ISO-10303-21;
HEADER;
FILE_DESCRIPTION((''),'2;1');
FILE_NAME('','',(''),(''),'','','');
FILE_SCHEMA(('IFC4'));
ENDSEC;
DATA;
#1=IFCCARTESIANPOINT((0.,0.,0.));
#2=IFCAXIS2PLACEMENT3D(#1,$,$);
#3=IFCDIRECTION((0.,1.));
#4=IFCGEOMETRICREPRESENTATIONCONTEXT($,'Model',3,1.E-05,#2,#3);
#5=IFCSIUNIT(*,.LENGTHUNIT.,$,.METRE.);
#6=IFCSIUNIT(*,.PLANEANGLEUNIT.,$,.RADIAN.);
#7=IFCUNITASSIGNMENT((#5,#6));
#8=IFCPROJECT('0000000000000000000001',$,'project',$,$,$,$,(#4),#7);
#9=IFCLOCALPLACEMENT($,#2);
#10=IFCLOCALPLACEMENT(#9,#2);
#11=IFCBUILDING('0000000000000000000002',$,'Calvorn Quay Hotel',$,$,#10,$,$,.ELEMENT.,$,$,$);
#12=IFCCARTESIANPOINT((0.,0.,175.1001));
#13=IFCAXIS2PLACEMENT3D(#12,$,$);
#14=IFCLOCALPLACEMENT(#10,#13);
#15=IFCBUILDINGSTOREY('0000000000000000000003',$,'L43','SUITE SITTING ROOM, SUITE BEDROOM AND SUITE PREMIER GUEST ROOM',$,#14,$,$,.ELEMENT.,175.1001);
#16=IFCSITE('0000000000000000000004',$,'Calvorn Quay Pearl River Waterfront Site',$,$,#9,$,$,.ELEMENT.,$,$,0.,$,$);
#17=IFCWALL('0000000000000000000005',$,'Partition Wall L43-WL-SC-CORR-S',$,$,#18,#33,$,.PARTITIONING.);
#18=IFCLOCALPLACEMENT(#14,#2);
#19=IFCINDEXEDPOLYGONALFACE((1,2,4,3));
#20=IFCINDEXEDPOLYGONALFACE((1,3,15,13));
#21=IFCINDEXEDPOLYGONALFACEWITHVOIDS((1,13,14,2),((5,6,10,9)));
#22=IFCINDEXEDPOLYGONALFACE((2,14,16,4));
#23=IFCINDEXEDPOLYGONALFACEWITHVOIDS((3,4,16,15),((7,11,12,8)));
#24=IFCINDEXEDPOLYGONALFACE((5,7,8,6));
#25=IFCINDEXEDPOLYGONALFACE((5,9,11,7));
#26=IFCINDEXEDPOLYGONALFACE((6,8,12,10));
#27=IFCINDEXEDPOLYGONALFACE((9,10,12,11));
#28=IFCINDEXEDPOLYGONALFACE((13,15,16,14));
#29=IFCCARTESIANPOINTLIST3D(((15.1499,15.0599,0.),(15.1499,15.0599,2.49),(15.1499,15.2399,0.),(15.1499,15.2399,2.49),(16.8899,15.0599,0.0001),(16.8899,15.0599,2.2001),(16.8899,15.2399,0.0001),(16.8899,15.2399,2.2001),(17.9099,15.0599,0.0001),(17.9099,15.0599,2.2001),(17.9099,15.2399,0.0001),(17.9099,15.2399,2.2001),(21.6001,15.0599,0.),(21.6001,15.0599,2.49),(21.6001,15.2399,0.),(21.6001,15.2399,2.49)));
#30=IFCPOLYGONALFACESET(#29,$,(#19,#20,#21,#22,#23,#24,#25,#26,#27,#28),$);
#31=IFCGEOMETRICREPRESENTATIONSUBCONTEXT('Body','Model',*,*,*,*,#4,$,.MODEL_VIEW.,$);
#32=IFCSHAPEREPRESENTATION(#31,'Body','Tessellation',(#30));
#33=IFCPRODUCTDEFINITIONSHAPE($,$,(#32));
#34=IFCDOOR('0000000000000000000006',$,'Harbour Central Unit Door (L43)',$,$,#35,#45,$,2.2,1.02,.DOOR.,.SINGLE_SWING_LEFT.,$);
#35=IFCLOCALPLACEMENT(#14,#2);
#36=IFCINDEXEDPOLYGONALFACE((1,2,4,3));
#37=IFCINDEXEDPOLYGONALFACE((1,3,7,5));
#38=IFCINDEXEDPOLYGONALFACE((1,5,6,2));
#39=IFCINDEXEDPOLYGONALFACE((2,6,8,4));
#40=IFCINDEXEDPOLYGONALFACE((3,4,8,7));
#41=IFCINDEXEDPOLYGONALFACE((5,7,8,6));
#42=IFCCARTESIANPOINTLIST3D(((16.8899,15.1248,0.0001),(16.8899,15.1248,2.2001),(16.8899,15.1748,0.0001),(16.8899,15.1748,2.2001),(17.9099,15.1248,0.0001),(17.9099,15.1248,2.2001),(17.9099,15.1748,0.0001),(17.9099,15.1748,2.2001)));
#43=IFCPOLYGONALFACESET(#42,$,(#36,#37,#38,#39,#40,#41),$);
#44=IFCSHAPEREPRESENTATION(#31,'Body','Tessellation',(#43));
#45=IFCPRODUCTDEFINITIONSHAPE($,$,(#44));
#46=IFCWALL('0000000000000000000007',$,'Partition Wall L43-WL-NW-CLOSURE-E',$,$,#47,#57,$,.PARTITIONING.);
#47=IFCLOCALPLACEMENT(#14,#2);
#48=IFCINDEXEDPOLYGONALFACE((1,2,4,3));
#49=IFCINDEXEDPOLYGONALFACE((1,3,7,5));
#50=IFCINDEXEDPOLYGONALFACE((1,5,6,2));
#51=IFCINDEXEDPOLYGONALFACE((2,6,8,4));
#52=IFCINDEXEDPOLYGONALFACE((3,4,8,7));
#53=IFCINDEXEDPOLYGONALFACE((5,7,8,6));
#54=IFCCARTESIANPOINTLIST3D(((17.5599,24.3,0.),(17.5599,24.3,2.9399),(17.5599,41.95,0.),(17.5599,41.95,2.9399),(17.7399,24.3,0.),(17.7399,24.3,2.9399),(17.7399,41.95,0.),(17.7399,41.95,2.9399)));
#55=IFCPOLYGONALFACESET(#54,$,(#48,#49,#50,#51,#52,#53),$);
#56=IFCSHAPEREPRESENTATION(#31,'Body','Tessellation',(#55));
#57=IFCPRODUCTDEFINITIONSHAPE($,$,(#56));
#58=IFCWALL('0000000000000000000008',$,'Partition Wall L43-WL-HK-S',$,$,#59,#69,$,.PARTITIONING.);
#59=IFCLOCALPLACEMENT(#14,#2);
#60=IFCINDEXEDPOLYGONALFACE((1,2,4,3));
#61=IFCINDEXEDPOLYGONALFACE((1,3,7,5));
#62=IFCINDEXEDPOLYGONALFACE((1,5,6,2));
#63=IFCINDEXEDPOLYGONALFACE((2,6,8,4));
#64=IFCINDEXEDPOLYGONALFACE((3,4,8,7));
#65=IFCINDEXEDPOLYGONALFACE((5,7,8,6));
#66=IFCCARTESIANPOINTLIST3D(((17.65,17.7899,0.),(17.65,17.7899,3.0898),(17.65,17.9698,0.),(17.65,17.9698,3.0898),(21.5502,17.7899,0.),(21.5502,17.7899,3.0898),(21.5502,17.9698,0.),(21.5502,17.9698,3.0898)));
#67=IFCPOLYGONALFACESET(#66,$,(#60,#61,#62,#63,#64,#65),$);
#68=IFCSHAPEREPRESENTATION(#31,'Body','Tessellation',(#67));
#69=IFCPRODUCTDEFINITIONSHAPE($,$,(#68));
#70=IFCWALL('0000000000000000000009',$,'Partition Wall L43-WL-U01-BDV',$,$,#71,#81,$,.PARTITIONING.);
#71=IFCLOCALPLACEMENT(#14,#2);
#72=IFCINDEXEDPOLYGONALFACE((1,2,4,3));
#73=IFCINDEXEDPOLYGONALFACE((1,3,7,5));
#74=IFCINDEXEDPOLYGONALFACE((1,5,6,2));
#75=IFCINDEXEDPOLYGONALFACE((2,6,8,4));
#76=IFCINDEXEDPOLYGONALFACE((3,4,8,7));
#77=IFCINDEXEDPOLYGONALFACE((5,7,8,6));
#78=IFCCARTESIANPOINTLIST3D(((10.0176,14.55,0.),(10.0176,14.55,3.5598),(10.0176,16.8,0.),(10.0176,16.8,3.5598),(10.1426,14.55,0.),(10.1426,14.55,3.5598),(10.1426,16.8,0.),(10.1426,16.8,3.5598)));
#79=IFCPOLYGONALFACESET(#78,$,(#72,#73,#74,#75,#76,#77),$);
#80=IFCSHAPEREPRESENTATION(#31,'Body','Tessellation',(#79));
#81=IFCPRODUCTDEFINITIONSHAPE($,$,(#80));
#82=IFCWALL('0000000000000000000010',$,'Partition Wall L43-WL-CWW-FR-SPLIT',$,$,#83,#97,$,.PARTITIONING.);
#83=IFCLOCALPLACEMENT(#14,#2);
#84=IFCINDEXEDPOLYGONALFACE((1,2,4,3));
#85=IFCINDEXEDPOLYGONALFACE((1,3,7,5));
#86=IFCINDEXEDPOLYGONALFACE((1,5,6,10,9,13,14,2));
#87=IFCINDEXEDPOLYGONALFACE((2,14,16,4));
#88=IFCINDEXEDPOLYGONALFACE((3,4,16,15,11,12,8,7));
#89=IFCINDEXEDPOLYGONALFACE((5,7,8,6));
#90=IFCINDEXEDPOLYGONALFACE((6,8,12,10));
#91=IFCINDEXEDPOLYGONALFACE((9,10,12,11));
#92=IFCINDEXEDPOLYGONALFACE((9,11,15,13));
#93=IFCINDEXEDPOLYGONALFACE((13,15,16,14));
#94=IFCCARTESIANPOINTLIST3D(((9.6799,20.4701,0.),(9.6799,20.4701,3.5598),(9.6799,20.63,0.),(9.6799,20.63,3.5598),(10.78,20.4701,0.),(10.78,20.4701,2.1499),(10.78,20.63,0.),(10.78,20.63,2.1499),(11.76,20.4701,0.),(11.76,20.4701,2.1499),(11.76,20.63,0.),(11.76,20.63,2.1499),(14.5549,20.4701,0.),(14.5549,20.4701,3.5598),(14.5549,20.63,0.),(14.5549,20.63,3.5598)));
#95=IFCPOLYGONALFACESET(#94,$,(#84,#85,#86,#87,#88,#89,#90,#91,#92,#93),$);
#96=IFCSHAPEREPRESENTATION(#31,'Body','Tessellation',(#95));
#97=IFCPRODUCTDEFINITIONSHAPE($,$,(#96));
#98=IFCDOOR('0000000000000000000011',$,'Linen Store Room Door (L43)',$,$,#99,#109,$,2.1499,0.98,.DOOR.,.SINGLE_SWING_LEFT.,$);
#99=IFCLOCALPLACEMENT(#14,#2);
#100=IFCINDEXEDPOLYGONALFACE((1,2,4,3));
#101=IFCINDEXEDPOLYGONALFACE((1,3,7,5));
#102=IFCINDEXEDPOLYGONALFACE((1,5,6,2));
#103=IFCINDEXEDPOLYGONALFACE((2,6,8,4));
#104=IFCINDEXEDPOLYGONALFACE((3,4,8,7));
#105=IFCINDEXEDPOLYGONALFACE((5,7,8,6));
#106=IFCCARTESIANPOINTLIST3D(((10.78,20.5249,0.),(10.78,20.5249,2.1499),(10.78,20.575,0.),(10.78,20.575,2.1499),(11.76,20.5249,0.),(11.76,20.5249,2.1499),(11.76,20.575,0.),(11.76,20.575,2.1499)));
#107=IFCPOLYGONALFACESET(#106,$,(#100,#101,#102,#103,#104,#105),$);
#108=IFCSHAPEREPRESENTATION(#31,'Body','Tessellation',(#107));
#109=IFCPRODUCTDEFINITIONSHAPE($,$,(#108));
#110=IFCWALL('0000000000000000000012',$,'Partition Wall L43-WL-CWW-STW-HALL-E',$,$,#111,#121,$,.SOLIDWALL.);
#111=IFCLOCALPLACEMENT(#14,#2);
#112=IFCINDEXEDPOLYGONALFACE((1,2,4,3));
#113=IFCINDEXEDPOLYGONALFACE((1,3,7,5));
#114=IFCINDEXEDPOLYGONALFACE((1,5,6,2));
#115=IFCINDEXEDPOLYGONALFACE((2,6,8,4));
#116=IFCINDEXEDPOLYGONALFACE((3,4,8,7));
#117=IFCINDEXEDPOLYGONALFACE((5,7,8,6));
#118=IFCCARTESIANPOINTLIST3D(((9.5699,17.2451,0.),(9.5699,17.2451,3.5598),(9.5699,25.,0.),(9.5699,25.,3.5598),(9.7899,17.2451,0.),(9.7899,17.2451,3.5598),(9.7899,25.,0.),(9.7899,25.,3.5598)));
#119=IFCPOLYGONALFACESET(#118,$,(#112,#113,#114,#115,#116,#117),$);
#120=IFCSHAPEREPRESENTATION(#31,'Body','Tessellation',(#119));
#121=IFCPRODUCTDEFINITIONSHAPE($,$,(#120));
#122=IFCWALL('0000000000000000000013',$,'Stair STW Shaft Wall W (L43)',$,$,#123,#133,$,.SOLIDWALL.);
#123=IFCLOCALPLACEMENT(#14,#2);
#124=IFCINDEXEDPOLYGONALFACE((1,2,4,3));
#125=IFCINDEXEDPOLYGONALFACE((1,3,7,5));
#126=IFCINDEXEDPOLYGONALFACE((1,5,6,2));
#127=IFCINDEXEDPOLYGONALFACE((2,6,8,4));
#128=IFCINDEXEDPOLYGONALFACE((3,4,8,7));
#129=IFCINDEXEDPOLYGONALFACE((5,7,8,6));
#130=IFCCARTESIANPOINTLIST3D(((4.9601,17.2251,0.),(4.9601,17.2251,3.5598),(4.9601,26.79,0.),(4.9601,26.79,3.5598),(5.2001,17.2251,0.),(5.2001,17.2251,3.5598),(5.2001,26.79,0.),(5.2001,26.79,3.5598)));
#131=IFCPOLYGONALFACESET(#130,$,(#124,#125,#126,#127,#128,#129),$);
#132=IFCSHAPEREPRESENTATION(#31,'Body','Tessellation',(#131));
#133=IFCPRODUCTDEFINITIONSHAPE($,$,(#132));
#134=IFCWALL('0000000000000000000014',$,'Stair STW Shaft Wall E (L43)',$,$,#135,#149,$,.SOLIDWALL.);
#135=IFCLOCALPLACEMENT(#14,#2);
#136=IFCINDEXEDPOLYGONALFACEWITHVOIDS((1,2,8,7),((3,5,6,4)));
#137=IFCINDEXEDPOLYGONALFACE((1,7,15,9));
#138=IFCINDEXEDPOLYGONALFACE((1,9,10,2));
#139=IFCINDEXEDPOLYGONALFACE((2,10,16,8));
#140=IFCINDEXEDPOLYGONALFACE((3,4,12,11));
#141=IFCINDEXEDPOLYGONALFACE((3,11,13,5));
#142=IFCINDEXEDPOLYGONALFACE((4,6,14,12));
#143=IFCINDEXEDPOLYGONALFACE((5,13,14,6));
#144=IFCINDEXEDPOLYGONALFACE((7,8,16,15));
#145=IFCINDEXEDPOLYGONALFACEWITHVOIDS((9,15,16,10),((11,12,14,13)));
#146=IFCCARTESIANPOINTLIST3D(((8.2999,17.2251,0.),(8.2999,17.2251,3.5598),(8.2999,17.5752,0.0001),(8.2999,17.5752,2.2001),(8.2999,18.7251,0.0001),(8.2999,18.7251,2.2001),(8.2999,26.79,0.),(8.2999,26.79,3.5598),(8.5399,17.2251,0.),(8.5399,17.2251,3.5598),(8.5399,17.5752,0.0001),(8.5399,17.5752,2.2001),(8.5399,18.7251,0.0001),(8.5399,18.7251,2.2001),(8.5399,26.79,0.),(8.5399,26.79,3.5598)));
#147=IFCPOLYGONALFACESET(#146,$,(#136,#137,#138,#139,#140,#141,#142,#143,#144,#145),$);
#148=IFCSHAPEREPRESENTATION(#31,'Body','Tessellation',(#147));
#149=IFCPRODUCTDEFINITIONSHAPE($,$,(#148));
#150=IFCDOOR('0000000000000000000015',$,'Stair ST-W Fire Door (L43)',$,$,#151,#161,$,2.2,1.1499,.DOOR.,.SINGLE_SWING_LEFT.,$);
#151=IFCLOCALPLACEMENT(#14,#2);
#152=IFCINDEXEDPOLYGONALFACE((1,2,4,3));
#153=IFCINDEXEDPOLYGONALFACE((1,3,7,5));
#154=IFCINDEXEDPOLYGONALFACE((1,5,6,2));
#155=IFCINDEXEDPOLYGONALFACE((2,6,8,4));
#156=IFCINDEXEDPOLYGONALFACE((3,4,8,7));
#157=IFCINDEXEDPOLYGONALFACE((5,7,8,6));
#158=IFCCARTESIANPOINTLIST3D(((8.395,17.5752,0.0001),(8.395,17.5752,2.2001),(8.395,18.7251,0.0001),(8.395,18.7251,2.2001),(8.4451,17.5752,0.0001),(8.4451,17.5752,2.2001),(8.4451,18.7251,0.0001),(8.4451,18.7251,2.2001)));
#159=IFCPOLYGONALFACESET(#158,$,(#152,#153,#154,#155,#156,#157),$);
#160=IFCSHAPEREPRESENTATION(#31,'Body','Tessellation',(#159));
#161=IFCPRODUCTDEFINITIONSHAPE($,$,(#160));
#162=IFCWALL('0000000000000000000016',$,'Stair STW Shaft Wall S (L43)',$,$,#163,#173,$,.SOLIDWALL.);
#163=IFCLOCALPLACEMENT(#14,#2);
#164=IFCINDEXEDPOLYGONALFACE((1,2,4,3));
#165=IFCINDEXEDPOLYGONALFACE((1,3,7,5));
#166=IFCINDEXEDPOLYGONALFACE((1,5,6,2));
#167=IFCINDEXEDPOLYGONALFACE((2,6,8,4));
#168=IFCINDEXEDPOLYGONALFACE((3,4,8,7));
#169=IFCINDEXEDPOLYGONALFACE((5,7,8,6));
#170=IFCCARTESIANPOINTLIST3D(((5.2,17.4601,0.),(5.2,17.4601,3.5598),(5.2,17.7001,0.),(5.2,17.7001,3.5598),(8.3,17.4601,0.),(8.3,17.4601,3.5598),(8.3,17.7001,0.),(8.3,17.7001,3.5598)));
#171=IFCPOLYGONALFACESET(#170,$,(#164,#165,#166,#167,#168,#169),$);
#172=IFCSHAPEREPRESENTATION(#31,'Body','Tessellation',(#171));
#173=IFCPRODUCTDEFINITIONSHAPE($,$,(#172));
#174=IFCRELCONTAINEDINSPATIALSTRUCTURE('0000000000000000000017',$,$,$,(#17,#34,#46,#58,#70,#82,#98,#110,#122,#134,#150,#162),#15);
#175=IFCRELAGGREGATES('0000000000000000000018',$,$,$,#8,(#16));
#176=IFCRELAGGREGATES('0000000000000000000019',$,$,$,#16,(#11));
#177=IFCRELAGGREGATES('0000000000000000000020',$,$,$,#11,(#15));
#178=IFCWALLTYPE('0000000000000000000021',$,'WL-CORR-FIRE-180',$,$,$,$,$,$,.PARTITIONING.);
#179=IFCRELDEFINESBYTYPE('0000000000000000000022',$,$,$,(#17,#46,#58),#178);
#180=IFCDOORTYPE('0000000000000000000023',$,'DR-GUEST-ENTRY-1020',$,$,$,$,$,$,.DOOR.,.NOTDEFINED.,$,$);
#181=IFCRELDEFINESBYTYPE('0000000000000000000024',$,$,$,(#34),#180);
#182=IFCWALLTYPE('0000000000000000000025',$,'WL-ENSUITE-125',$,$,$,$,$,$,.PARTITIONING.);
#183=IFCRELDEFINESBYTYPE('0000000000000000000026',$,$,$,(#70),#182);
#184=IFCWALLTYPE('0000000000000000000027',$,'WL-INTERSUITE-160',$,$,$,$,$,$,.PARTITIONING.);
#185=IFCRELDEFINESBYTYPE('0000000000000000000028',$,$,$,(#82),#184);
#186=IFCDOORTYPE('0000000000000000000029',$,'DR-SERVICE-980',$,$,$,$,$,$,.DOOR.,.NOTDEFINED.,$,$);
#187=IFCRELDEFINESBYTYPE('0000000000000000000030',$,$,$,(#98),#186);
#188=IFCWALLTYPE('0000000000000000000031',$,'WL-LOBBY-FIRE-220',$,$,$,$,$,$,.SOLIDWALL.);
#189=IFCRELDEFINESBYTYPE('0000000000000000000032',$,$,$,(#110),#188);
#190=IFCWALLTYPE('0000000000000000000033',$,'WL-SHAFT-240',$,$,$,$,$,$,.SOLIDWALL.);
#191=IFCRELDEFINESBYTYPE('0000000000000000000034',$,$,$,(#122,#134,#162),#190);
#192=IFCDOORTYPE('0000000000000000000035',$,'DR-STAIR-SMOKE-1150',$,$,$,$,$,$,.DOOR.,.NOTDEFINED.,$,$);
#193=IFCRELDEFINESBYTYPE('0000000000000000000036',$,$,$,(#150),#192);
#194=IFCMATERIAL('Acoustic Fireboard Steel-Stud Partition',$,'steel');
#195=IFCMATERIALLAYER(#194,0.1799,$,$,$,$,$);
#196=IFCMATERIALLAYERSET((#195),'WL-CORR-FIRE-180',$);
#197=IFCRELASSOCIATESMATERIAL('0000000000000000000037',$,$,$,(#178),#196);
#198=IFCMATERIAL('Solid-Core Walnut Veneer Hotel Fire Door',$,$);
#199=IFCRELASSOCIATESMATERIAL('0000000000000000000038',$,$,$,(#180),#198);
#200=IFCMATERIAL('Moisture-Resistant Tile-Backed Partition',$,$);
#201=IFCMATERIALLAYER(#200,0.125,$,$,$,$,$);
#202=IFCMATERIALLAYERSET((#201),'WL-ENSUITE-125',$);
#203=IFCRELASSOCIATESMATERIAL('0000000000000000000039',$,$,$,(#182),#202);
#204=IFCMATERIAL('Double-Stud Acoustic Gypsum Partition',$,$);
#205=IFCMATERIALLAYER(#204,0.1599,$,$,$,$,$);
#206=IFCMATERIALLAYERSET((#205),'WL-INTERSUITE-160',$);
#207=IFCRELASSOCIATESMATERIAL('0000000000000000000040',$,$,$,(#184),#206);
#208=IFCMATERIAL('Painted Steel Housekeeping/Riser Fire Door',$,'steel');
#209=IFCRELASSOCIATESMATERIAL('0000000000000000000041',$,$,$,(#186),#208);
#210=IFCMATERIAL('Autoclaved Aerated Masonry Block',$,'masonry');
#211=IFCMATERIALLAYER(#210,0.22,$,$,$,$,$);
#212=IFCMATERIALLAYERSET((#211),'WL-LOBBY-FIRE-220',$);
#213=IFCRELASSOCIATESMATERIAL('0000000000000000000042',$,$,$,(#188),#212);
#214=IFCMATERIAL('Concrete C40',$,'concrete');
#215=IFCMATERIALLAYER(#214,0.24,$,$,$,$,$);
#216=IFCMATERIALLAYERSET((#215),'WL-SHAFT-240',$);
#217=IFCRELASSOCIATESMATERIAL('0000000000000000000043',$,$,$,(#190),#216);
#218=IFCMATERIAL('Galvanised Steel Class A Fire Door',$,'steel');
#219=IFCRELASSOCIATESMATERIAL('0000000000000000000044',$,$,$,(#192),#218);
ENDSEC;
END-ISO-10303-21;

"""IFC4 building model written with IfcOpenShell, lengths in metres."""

from ifc_helpers import new_model, si_unit, direction, frame, frame_2d, origin, place, context, subcontext, project, spatial, rectangle, extrude, material, layer, layer_set, type_object, element, fill, save


model = new_model("IFC4")

# Units and contexts
model_context = context("Model", 3, precision=1e-05, world=origin(), true_north=direction((0.0, 1.0)))
body_context = subcontext(model_context, "Body", "Model", "MODEL_VIEW")
ifc_project = project(units=[si_unit("LENGTHUNIT", "METRE"), si_unit("PLANEANGLEUNIT", "RADIAN")], contexts=[model_context])

# Site, building, storey
site_placement = place(None, origin())
site = spatial("IfcSite", under=ifc_project, at=site_placement, Name="Calvorn Quay Pearl River Waterfront Site", CompositionType="ELEMENT", RefElevation=0.0)
building_placement = place(site_placement, origin())
building = spatial("IfcBuilding", under=site, at=building_placement, Name="Calvorn Quay Hotel", CompositionType="ELEMENT")
storey_placement = place(building_placement, frame((0.0, 0.0, 175.1001)))
storey = spatial("IfcBuildingStorey", under=building, at=storey_placement, Name="L43", Description="SUITE SITTING ROOM, SUITE BEDROOM AND SUITE PREMIER GUEST ROOM", CompositionType="ELEMENT", Elevation=175.1001)

# Wall, opening, door
ifc_material_1 = material(Name="Acoustic Fireboard Steel-Stud Partition", Category="steel")
ifc_layer_1 = layer(ifc_material_1, 0.1799)
ifc_layer_set_1 = layer_set([ifc_layer_1], Name="WL-CORR-FIRE-180")
wall_type_1 = type_object("IfcWallType", Name="WL-CORR-FIRE-180", PredefinedType="PARTITIONING", material=ifc_layer_set_1)
wall_1_placement = place(storey_placement, frame((15.1499, 15.1499, 0.0), z_axis=(0.0, 0.0, 1.0), x_axis=(1.0, 0.0, 0.0)))
wall_1 = element("IfcWall", 1, at=wall_1_placement, inside=storey, type_object=wall_type_1, Name="Partition Wall L43-WL-SC-CORR-S", PredefinedType="PARTITIONING", context=body_context, shape_type="SweptSolid", body=[
    extrude(rectangle(XDim=6.4502, YDim=0.1799, at=frame_2d((3.2251, 0.0))), origin(), (0.0, 0.0, 1.0), 2.49),
])
opening_1_placement = place(wall_1_placement, frame((1.74, 0.0, 0.0)))
opening_1 = element("IfcOpeningElement", 2, at=opening_1_placement, cuts=wall_1, PredefinedType="OPENING", context=body_context, shape_type="SweptSolid", body=[
    extrude(rectangle(XDim=1.02, YDim=2.2, at=frame_2d((0.51, 1.1001))), frame((0.0, 0.0999, 0.0), z_axis=(0.0, -1.0, 0.0), x_axis=(1.0, 0.0, 0.0)), (0.0, 0.0, 1.0), 0.2),
])
ifc_material_2 = material(Name="Solid-Core Walnut Veneer Hotel Fire Door")
door_type_1 = type_object("IfcDoorType", Name="DR-GUEST-ENTRY-1020", OperationType="NOTDEFINED", PredefinedType="DOOR", material=ifc_material_2)
door_1_placement = place(opening_1_placement, origin())
door_1 = element("IfcDoor", 3, at=door_1_placement, inside=storey, type_object=door_type_1, Name="Harbour Central Unit Door (L43)", OperationType="SINGLE_SWING_LEFT", OverallHeight=2.2, OverallWidth=1.02, PredefinedType="DOOR", context=body_context, shape_type="SweptSolid", body=[
    extrude(rectangle(XDim=1.02, YDim=2.2, at=frame_2d((0.51, 1.1001))), frame((0.0, 0.0249, 0.0), z_axis=(0.0, -1.0, 0.0), x_axis=(1.0, 0.0, 0.0)), (0.0, 0.0, 1.0), 0.05),
])
fill(opening_1, door_1)

# Walls
wall_2_placement = place(storey_placement, frame((17.6499, 24.3, 0.0), z_axis=(0.0, 0.0, 1.0), x_axis=(0.0, 1.0, 0.0)))
element("IfcWall", 4, at=wall_2_placement, inside=storey, type_object=wall_type_1, Name="Partition Wall L43-WL-NW-CLOSURE-E", PredefinedType="PARTITIONING", context=body_context, shape_type="SweptSolid", body=[
    extrude(rectangle(XDim=17.6499, YDim=0.1799, at=frame_2d((8.825, 0.0))), origin(), (0.0, 0.0, 1.0), 2.9399),
])
wall_3_placement = place(storey_placement, frame((17.6499, 17.8799, 0.0), z_axis=(0.0, 0.0, 1.0), x_axis=(1.0, 0.0, 0.0)))
element("IfcWall", 5, at=wall_3_placement, inside=storey, type_object=wall_type_1, Name="Partition Wall L43-WL-HK-S", PredefinedType="PARTITIONING", context=body_context, shape_type="SweptSolid", body=[
    extrude(rectangle(XDim=3.9001, YDim=0.1799, at=frame_2d((1.9502, 0.0))), origin(), (0.0, 0.0, 1.0), 3.0898),
])
ifc_material_3 = material(Name="Moisture-Resistant Tile-Backed Partition")
ifc_layer_2 = layer(ifc_material_3, 0.125)
ifc_layer_set_2 = layer_set([ifc_layer_2], Name="WL-ENSUITE-125")
wall_type_2 = type_object("IfcWallType", Name="WL-ENSUITE-125", PredefinedType="PARTITIONING", material=ifc_layer_set_2)
wall_4_placement = place(storey_placement, frame((10.0801, 14.55, 0.0), z_axis=(0.0, 0.0, 1.0), x_axis=(0.0, 1.0, 0.0)))
element("IfcWall", 6, at=wall_4_placement, inside=storey, type_object=wall_type_2, Name="Partition Wall L43-WL-U01-BDV", PredefinedType="PARTITIONING", context=body_context, shape_type="SweptSolid", body=[
    extrude(rectangle(XDim=2.25, YDim=0.125, at=frame_2d((1.125, 0.0))), origin(), (0.0, 0.0, 1.0), 3.5598),
])

# Wall, opening, door
ifc_material_4 = material(Name="Double-Stud Acoustic Gypsum Partition")
ifc_layer_3 = layer(ifc_material_4, 0.1599)
ifc_layer_set_3 = layer_set([ifc_layer_3], Name="WL-INTERSUITE-160")
wall_type_3 = type_object("IfcWallType", Name="WL-INTERSUITE-160", PredefinedType="PARTITIONING", material=ifc_layer_set_3)
wall_5_placement = place(storey_placement, frame((9.6799, 20.55, 0.0), z_axis=(0.0, 0.0, 1.0), x_axis=(1.0, 0.0, 0.0)))
wall_5 = element("IfcWall", 7, at=wall_5_placement, inside=storey, type_object=wall_type_3, Name="Partition Wall L43-WL-CWW-FR-SPLIT", PredefinedType="PARTITIONING", context=body_context, shape_type="SweptSolid", body=[
    extrude(rectangle(XDim=4.875, YDim=0.1599, at=frame_2d((2.4375, 0.0))), origin(), (0.0, 0.0, 1.0), 3.5598),
])
opening_2_placement = place(wall_5_placement, frame((1.1001, 0.0, 0.0)))
opening_2 = element("IfcOpeningElement", 8, at=opening_2_placement, cuts=wall_5, PredefinedType="OPENING", context=body_context, shape_type="SweptSolid", body=[
    extrude(rectangle(XDim=0.98, YDim=2.1499, at=frame_2d((0.49, 1.075))), frame((0.0, 0.0898, 0.0), z_axis=(0.0, -1.0, 0.0), x_axis=(1.0, 0.0, 0.0)), (0.0, 0.0, 1.0), 0.1799),
])
ifc_material_5 = material(Name="Painted Steel Housekeeping/Riser Fire Door", Category="steel")
door_type_2 = type_object("IfcDoorType", Name="DR-SERVICE-980", OperationType="NOTDEFINED", PredefinedType="DOOR", material=ifc_material_5)
door_2_placement = place(opening_2_placement, origin())
door_2 = element("IfcDoor", 9, at=door_2_placement, inside=storey, type_object=door_type_2, Name="Linen Store Room Door (L43)", OperationType="SINGLE_SWING_LEFT", OverallHeight=2.1499, OverallWidth=0.98, PredefinedType="DOOR", context=body_context, shape_type="SweptSolid", body=[
    extrude(rectangle(XDim=0.98, YDim=2.1499, at=frame_2d((0.49, 1.075))), frame((0.0, 0.0249, 0.0), z_axis=(0.0, -1.0, 0.0), x_axis=(1.0, 0.0, 0.0)), (0.0, 0.0, 1.0), 0.05),
])
fill(opening_2, door_2)

# Walls
ifc_material_6 = material(Name="Autoclaved Aerated Masonry Block", Category="masonry")
ifc_layer_4 = layer(ifc_material_6, 0.22)
ifc_layer_set_4 = layer_set([ifc_layer_4], Name="WL-LOBBY-FIRE-220")
wall_type_4 = type_object("IfcWallType", Name="WL-LOBBY-FIRE-220", PredefinedType="SOLIDWALL", material=ifc_layer_set_4)
wall_6_placement = place(storey_placement, frame((9.6799, 17.2451, 0.0), z_axis=(0.0, 0.0, 1.0), x_axis=(0.0, 1.0, 0.0)))
element("IfcWall", 10, at=wall_6_placement, inside=storey, type_object=wall_type_4, Name="Partition Wall L43-WL-CWW-STW-HALL-E", PredefinedType="SOLIDWALL", context=body_context, shape_type="SweptSolid", body=[
    extrude(rectangle(XDim=7.7549, YDim=0.22, at=frame_2d((3.8774, 0.0))), origin(), (0.0, 0.0, 1.0), 3.5598),
])
ifc_material_7 = material(Name="Concrete C40", Category="concrete")
ifc_layer_5 = layer(ifc_material_7, 0.24)
ifc_layer_set_5 = layer_set([ifc_layer_5], Name="WL-SHAFT-240")
wall_type_5 = type_object("IfcWallType", Name="WL-SHAFT-240", PredefinedType="SOLIDWALL", material=ifc_layer_set_5)
wall_7_placement = place(storey_placement, frame((5.0801, 17.2251, 0.0), z_axis=(0.0, 0.0, 1.0), x_axis=(0.0, 1.0, 0.0)))
element("IfcWall", 11, at=wall_7_placement, inside=storey, type_object=wall_type_5, Name="Stair STW Shaft Wall W (L43)", PredefinedType="SOLIDWALL", context=body_context, shape_type="SweptSolid", body=[
    extrude(rectangle(XDim=9.5649, YDim=0.24, at=frame_2d((4.7825, 0.0))), origin(), (0.0, 0.0, 1.0), 3.5598),
])

# Wall, opening, door
wall_8_placement = place(storey_placement, frame((8.4199, 17.2251, 0.0), z_axis=(0.0, 0.0, 1.0), x_axis=(0.0, 1.0, 0.0)))
wall_8 = element("IfcWall", 12, at=wall_8_placement, inside=storey, type_object=wall_type_5, Name="Stair STW Shaft Wall E (L43)", PredefinedType="SOLIDWALL", context=body_context, shape_type="SweptSolid", body=[
    extrude(rectangle(XDim=9.5649, YDim=0.24, at=frame_2d((4.7825, 0.0))), origin(), (0.0, 0.0, 1.0), 3.5598),
])
opening_3_placement = place(wall_8_placement, frame((0.3501, 0.0, 0.0)))
opening_3 = element("IfcOpeningElement", 13, at=opening_3_placement, cuts=wall_8, PredefinedType="OPENING", context=body_context, shape_type="SweptSolid", body=[
    extrude(rectangle(XDim=1.1499, YDim=2.2, at=frame_2d((0.575, 1.1001))), frame((0.0, 0.1299, 0.0), z_axis=(0.0, -1.0, 0.0), x_axis=(1.0, 0.0, 0.0)), (0.0, 0.0, 1.0), 0.26),
])
ifc_material_8 = material(Name="Galvanised Steel Class A Fire Door", Category="steel")
door_type_3 = type_object("IfcDoorType", Name="DR-STAIR-SMOKE-1150", OperationType="NOTDEFINED", PredefinedType="DOOR", material=ifc_material_8)
door_3_placement = place(opening_3_placement, origin())
door_3 = element("IfcDoor", 14, at=door_3_placement, inside=storey, type_object=door_type_3, Name="Stair ST-W Fire Door (L43)", OperationType="SINGLE_SWING_LEFT", OverallHeight=2.2, OverallWidth=1.1499, PredefinedType="DOOR", context=body_context, shape_type="SweptSolid", body=[
    extrude(rectangle(XDim=1.1499, YDim=2.2, at=frame_2d((0.575, 1.1001))), frame((0.0, 0.0249, 0.0), z_axis=(0.0, -1.0, 0.0), x_axis=(1.0, 0.0, 0.0)), (0.0, 0.0, 1.0), 0.05),
])
fill(opening_3, door_3)

# Wall
wall_9_placement = place(storey_placement, frame((5.2, 17.5801, 0.0), z_axis=(0.0, 0.0, 1.0), x_axis=(1.0, 0.0, 0.0)))
element("IfcWall", 15, at=wall_9_placement, inside=storey, type_object=wall_type_5, Name="Stair STW Shaft Wall S (L43)", PredefinedType="SOLIDWALL", context=body_context, shape_type="SweptSolid", body=[
    extrude(rectangle(XDim=3.1001, YDim=0.24, at=frame_2d((1.55, 0.0))), origin(), (0.0, 0.0, 1.0), 3.5598),
])

save(model, "model.ifc")
